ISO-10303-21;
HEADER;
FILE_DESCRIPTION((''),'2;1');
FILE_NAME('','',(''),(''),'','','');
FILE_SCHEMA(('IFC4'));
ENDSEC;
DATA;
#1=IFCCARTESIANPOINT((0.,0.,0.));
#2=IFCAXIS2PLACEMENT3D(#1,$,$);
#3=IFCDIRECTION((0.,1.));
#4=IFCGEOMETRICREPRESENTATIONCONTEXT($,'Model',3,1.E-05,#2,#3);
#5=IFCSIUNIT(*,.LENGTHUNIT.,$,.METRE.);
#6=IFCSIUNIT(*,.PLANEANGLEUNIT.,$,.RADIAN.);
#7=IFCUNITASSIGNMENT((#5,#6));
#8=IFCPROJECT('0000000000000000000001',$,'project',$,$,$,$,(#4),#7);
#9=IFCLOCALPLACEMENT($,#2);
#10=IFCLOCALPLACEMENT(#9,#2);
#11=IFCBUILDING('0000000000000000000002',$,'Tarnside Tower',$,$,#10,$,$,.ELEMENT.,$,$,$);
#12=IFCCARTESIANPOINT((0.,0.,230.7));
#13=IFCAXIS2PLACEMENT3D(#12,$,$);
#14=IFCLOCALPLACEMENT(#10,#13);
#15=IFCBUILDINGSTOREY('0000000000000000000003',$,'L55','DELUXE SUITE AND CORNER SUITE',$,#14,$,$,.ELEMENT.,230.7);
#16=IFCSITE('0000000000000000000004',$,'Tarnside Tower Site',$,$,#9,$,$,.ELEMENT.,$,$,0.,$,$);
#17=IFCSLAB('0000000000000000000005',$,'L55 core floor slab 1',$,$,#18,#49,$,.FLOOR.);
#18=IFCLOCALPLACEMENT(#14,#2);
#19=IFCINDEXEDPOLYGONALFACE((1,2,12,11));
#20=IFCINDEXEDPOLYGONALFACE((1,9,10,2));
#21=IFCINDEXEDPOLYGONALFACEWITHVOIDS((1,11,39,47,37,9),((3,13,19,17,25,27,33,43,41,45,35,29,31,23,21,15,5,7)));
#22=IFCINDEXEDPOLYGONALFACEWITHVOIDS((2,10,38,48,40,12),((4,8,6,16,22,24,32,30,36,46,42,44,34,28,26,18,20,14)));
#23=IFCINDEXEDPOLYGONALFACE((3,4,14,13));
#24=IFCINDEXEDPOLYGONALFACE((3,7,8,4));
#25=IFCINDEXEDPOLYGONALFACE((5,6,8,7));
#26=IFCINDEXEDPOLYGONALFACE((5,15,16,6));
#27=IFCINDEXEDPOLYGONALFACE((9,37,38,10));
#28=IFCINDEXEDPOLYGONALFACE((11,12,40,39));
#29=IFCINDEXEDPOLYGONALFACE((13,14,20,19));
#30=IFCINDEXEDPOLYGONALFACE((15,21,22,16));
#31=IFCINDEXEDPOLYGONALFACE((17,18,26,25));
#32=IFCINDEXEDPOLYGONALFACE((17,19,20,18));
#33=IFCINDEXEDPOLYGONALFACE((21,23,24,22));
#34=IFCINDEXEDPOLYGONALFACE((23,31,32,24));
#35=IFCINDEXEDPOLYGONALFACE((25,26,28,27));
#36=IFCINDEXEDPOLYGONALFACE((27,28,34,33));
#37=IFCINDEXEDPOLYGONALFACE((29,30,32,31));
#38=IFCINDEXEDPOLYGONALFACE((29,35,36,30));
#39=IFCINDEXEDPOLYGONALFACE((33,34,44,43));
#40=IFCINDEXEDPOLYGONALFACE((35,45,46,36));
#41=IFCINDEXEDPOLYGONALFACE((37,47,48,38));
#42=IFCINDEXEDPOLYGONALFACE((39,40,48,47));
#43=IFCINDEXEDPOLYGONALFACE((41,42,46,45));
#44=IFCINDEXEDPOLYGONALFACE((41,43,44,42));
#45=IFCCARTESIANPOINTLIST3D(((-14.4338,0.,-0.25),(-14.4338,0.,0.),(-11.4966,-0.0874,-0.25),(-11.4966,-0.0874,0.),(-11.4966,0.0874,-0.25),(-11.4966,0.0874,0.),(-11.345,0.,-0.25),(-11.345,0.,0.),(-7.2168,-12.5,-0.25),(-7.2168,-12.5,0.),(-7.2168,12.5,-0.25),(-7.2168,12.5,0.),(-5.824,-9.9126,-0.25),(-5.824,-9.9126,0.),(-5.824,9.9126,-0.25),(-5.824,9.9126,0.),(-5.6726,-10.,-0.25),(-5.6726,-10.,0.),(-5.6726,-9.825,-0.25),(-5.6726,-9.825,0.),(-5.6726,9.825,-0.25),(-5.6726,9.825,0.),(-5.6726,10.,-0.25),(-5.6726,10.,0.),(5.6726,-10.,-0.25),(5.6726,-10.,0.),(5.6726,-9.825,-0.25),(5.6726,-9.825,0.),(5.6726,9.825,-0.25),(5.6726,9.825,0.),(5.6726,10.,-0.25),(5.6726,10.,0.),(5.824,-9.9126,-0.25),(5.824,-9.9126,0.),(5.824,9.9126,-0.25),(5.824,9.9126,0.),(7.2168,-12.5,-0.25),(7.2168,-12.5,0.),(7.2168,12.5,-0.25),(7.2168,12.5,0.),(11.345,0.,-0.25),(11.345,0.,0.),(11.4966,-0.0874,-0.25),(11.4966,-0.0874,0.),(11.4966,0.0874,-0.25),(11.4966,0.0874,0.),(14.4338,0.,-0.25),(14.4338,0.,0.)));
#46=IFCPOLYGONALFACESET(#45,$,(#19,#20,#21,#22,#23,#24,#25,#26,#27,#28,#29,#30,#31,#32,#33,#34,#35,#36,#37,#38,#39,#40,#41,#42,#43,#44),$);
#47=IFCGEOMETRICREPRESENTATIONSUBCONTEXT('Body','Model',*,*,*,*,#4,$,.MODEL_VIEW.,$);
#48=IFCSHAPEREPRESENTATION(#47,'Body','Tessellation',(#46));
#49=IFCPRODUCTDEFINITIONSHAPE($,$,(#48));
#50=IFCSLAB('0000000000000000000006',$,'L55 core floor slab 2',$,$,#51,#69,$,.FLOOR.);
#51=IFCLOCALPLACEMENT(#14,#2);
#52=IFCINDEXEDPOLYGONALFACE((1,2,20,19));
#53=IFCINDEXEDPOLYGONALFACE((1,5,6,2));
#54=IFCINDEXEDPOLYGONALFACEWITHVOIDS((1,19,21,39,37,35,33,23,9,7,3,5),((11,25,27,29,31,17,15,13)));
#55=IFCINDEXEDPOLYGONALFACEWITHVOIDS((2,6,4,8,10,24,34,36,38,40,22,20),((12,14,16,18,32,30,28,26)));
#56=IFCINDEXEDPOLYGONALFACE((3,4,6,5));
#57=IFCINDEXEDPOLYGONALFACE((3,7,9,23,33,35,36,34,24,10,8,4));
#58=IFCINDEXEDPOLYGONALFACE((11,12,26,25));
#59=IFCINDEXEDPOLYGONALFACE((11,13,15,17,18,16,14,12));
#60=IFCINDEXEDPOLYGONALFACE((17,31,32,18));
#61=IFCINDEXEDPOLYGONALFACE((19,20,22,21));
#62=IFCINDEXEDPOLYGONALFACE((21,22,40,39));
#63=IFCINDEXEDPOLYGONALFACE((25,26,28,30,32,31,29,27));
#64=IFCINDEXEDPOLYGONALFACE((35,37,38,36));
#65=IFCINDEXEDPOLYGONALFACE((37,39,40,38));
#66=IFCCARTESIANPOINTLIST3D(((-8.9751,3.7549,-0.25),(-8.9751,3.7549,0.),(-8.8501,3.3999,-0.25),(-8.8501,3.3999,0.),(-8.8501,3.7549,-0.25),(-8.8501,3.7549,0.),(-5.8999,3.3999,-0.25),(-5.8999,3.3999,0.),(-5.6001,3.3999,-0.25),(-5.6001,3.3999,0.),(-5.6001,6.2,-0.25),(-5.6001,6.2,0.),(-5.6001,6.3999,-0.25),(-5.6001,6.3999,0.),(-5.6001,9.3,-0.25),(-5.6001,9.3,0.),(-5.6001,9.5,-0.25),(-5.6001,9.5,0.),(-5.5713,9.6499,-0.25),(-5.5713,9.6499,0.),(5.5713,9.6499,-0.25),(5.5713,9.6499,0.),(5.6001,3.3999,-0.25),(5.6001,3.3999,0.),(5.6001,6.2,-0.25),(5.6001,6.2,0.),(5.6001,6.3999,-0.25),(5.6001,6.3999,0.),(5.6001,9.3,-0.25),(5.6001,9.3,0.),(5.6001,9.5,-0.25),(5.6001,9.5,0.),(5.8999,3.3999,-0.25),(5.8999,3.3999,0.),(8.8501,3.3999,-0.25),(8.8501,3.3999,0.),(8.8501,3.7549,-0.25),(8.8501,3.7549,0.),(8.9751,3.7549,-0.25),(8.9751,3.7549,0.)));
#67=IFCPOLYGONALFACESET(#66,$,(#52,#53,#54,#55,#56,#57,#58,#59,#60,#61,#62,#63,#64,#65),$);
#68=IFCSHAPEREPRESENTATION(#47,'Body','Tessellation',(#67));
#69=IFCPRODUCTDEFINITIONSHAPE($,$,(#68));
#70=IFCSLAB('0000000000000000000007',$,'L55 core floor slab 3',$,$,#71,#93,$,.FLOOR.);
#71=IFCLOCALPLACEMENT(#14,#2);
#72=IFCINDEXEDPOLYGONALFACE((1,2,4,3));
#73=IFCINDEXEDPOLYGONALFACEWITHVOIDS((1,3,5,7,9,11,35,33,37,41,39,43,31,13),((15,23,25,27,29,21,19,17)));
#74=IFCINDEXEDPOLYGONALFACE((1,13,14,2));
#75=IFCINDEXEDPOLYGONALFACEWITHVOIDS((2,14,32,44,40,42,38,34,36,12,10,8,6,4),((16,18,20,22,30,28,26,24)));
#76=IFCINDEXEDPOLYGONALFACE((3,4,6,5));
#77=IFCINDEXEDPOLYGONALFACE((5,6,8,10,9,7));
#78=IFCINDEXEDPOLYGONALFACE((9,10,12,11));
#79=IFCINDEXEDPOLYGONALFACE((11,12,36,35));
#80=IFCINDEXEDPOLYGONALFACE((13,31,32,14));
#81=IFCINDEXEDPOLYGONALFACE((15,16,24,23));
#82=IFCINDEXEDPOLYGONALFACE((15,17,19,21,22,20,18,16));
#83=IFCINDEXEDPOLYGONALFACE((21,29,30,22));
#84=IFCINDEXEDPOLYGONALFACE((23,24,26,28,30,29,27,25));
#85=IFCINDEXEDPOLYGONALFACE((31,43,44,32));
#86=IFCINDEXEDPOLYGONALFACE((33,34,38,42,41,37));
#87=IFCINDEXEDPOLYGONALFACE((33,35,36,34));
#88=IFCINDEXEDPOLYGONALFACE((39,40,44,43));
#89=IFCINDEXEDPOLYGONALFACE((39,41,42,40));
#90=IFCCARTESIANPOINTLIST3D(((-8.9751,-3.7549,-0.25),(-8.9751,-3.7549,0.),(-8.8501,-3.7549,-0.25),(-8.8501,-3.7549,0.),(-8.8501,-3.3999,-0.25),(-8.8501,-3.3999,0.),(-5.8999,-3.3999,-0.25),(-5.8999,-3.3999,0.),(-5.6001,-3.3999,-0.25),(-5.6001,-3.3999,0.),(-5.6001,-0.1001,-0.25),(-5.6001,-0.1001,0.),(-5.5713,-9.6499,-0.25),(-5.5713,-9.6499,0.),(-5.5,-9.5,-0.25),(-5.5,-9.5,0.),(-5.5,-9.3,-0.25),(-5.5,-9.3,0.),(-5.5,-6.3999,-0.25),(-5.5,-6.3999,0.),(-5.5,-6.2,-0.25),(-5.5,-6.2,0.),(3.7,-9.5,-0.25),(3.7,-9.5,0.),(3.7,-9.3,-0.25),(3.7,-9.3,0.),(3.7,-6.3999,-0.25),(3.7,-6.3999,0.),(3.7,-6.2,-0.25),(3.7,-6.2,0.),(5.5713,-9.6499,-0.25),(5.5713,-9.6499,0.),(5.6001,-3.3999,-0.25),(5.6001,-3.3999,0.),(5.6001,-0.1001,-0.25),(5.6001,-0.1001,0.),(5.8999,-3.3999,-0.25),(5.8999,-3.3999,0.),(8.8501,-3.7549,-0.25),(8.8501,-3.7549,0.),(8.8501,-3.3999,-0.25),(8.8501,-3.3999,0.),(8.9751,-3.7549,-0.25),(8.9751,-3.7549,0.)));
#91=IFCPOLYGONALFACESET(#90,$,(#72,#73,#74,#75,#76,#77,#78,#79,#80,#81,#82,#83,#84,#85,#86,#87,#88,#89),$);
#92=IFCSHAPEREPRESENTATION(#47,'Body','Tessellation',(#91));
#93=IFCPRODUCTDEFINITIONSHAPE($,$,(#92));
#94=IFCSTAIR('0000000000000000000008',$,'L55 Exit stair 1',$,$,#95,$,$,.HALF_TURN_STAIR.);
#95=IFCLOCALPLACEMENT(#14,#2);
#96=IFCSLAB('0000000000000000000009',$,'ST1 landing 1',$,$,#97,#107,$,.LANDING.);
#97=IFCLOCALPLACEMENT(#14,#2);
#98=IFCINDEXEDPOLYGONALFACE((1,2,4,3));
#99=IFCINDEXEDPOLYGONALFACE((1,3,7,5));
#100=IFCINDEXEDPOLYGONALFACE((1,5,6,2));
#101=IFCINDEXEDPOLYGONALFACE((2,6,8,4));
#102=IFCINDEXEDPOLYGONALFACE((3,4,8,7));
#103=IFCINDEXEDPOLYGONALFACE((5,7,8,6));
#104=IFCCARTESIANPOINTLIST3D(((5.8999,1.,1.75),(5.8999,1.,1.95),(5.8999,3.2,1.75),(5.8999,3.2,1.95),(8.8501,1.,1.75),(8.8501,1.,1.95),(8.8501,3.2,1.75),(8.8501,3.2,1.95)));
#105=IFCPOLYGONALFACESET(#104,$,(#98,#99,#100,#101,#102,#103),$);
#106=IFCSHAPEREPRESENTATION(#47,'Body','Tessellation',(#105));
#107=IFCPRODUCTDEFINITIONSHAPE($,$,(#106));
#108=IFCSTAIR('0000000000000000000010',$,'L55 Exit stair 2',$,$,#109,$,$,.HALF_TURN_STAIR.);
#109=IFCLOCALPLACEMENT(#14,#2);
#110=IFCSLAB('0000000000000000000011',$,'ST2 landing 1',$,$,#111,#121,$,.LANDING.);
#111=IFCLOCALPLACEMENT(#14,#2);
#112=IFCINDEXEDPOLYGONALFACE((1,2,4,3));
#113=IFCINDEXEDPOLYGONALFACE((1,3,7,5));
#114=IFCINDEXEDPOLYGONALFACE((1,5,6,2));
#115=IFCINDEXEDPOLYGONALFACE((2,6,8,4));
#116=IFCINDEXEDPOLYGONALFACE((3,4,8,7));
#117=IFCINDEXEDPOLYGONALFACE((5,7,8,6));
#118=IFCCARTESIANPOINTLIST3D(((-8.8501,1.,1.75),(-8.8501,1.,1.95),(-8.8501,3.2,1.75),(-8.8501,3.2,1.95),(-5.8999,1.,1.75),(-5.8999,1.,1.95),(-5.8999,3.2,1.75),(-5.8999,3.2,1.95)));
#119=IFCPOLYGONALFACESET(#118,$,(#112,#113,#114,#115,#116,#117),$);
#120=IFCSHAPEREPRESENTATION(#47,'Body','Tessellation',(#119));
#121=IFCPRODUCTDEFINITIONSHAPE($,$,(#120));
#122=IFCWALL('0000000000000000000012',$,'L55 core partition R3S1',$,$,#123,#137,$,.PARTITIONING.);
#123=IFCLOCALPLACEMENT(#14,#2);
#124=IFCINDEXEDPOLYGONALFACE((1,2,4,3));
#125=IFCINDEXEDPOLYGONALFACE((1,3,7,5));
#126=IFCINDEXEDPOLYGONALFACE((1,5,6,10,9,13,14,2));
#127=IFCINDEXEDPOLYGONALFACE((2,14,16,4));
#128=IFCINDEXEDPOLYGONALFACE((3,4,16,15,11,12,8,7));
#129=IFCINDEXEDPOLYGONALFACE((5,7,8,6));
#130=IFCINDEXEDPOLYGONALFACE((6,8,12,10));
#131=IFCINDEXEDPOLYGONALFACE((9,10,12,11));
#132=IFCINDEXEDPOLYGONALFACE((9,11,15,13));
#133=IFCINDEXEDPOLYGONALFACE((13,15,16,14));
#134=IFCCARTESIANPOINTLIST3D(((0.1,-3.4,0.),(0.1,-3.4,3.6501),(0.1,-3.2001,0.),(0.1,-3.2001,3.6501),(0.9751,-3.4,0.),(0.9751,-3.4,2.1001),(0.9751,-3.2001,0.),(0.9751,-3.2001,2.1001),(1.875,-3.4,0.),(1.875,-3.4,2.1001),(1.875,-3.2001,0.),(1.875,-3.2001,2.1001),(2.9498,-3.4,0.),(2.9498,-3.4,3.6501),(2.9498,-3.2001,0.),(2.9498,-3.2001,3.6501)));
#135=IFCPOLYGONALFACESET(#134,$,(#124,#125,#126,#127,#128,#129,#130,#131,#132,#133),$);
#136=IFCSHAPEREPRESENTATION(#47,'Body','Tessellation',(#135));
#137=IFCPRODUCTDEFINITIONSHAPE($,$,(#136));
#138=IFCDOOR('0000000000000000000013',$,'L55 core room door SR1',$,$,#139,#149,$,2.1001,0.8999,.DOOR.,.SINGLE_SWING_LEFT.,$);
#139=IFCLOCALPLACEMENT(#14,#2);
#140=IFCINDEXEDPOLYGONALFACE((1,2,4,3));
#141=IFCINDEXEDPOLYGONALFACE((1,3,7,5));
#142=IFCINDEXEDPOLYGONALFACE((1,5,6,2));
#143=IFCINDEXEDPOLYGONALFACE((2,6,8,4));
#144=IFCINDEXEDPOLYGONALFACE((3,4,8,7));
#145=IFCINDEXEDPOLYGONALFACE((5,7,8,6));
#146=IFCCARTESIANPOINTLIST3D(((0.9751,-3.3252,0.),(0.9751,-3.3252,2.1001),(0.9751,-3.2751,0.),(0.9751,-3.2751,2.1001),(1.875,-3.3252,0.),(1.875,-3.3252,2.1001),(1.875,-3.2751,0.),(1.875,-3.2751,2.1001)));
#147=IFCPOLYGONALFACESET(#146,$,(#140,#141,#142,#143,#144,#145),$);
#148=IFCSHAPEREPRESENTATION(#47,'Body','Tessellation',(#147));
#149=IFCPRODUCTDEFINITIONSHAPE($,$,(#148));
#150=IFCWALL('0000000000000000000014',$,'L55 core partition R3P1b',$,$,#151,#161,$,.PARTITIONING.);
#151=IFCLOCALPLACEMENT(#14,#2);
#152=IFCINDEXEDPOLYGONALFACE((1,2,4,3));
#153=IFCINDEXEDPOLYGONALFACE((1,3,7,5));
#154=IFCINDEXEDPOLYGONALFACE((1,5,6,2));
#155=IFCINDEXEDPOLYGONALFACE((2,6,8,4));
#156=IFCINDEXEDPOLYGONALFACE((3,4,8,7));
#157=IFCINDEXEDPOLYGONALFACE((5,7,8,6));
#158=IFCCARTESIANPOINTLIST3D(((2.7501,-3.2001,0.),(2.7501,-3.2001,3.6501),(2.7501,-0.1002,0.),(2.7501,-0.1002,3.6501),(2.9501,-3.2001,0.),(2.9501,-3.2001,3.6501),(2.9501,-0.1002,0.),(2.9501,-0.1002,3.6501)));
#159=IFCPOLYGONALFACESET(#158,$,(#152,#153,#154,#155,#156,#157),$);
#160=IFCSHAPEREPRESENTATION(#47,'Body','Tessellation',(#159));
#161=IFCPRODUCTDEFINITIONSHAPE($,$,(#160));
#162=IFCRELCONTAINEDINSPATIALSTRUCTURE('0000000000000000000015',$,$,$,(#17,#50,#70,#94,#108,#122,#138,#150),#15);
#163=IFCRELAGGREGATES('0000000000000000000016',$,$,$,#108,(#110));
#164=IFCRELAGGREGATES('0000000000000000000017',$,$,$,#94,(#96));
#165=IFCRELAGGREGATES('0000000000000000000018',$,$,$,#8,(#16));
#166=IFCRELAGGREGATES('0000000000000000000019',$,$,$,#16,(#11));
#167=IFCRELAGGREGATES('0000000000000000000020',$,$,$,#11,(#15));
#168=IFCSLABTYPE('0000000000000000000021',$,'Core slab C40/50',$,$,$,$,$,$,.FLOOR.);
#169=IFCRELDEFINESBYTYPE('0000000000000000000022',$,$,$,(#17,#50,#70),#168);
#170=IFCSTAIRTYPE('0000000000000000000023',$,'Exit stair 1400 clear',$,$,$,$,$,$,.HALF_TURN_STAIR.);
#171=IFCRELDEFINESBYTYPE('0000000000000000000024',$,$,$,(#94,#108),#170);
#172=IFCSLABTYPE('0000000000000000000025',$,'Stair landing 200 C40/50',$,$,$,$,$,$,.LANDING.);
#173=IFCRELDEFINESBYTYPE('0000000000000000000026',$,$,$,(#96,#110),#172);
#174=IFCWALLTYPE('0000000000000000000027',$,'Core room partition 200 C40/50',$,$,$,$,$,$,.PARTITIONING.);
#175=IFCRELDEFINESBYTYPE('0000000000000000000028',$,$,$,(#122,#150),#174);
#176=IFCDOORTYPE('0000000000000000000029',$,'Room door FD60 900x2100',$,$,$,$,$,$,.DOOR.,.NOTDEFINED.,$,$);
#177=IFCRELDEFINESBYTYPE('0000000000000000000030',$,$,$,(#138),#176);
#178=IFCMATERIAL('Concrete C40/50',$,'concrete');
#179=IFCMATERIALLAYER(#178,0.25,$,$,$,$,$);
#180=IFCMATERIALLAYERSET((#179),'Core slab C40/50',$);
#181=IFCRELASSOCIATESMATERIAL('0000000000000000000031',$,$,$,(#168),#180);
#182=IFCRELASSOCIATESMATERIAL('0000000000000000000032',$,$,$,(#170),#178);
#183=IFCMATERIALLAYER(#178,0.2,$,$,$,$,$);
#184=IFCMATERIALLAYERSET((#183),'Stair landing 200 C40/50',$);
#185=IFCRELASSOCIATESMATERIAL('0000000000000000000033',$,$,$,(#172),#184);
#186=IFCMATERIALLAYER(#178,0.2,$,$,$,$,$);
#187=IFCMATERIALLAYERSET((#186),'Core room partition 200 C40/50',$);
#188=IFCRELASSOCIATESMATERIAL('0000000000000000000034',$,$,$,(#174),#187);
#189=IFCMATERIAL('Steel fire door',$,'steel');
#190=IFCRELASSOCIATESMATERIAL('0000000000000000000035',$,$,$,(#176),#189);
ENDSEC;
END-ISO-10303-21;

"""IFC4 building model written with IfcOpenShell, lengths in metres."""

from ifc_helpers import new_model, si_unit, direction, frame, frame_2d, origin, place, context, subcontext, project, spatial, polyline, rectangle, outline, extrude, material, layer, layer_set, type_object, element, fill, aggregate, save


model = new_model("IFC4")

# Units and contexts
model_context = context("Model", 3, precision=1e-05, world=origin(), true_north=direction((0.0, 1.0)))
body_context = subcontext(model_context, "Body", "Model", "MODEL_VIEW")
ifc_project = project(units=[si_unit("LENGTHUNIT", "METRE"), si_unit("PLANEANGLEUNIT", "RADIAN")], contexts=[model_context])

# Site, building, storey
site_placement = place(None, origin())
site = spatial("IfcSite", under=ifc_project, at=site_placement, Name="Tarnside Tower Site", CompositionType="ELEMENT", RefElevation=0.0)
building_placement = place(site_placement, origin())
building = spatial("IfcBuilding", under=site, at=building_placement, Name="Tarnside Tower", CompositionType="ELEMENT")
storey_placement = place(building_placement, frame((0.0, 0.0, 230.7)))
storey = spatial("IfcBuildingStorey", under=building, at=storey_placement, Name="L55", Description="DELUXE SUITE AND CORNER SUITE", CompositionType="ELEMENT", Elevation=230.7)

# Slabs
ifc_material_1 = material(Name="Concrete C40/50", Category="concrete")
ifc_layer_1 = layer(ifc_material_1, 0.25)
ifc_layer_set_1 = layer_set([ifc_layer_1], Name="Core slab C40/50")
slab_type_1 = type_object("IfcSlabType", Name="Core slab C40/50", PredefinedType="FLOOR", material=ifc_layer_set_1)
slab_1_placement = place(storey_placement, frame((0.0, 0.0, -0.25)))
element("IfcSlab", 1, at=slab_1_placement, inside=storey, type_object=slab_type_1, Name="L55 core floor slab 1", PredefinedType="FLOOR", context=body_context, shape_type="SweptSolid", body=[
    extrude(outline(polyline([(-7.2168, 12.5), (7.2168, 12.5), (14.4338, 0.0), (7.2168, -12.5), (-7.2168, -12.5), (-14.4338, 0.0), (-7.2168, 12.5)]), holes=[polyline([(5.824, -9.9126), (11.4966, -0.0874), (11.345, 0.0), (11.4966, 0.0874), (5.824, 9.9126), (5.6726, 9.825), (5.6726, 10.0), (-5.6726, 10.0), (-5.6726, 9.825), (-5.824, 9.9126), (-11.4966, 0.0874), (-11.345, 0.0), (-11.4966, -0.0874), (-5.824, -9.9126), (-5.6726, -9.825), (-5.6726, -10.0), (5.6726, -10.0), (5.6726, -9.825), (5.824, -9.9126)])]), origin(), (0.0, 0.0, 1.0), 0.25),
])
slab_2_placement = place(storey_placement, frame((0.0, 0.0, -0.25)))
element("IfcSlab", 2, at=slab_2_placement, inside=storey, type_object=slab_type_1, Name="L55 core floor slab 2", PredefinedType="FLOOR", context=body_context, shape_type="SweptSolid", body=[
    extrude(outline(polyline([(-8.9751, 3.7549), (-5.5713, 9.6499), (5.5713, 9.6499), (8.9751, 3.7549), (8.8501, 3.7549), (8.8501, 3.3999), (5.8999, 3.3999), (5.6001, 3.3999), (5.6001, 3.3999), (-5.6001, 3.3999), (-5.8999, 3.3999), (-8.8501, 3.3999), (-8.8501, 3.7549), (-8.9751, 3.7549)]), holes=[polyline([(-5.6001, 6.2), (5.6001, 6.2), (5.6001, 6.3999), (5.6001, 9.3), (5.6001, 9.5), (-5.6001, 9.5), (-5.6001, 9.3), (-5.6001, 6.3999), (-5.6001, 6.2)])]), origin(), (0.0, 0.0, 1.0), 0.25),
])
slab_3_placement = place(storey_placement, frame((0.0, 0.0, -0.25)))
element("IfcSlab", 3, at=slab_3_placement, inside=storey, type_object=slab_type_1, Name="L55 core floor slab 3", PredefinedType="FLOOR", context=body_context, shape_type="SweptSolid", body=[
    extrude(outline(polyline([(5.6001, -3.3999), (5.8999, -3.3999), (8.8501, -3.3999), (8.8501, -3.7549), (8.9751, -3.7549), (5.5713, -9.6499), (-5.5713, -9.6499), (-8.9751, -3.7549), (-8.8501, -3.7549), (-8.8501, -3.3999), (-5.8999, -3.3999), (-5.6001, -3.3999), (-5.6001, -0.1001), (5.6001, -0.1001), (5.6001, -3.3999)]), holes=[polyline([(-5.5, -9.3), (-5.5, -9.5), (3.7, -9.5), (3.7, -9.3), (3.7, -6.3999), (3.7, -6.2), (-5.5, -6.2), (-5.5, -6.3999), (-5.5, -9.3)])]), origin(), (0.0, 0.0, 1.0), 0.25),
])

# Stairs, slabs
stair_type = type_object("IfcStairType", Name="Exit stair 1400 clear", PredefinedType="HALF_TURN_STAIR", material=ifc_material_1)
stair_1_placement = place(storey_placement, origin())
stair_1 = element("IfcStair", 4, at=stair_1_placement, inside=storey, type_object=stair_type, Name="L55 Exit stair 1", PredefinedType="HALF_TURN_STAIR")
ifc_layer_2 = layer(ifc_material_1, 0.2)
ifc_layer_set_2 = layer_set([ifc_layer_2], Name="Stair landing 200 C40/50")
slab_type_2 = type_object("IfcSlabType", Name="Stair landing 200 C40/50", PredefinedType="LANDING", material=ifc_layer_set_2)
slab_4_placement = place(storey_placement, frame((0.0, 0.0, 1.75)))
slab_4 = element("IfcSlab", 5, at=slab_4_placement, type_object=slab_type_2, Name="ST1 landing 1", PredefinedType="LANDING", context=body_context, shape_type="SweptSolid", body=[
    extrude(outline(polyline([(8.8501, 1.0), (8.8501, 3.2), (5.8999, 3.2), (5.8999, 1.0), (8.8501, 1.0)])), origin(), (0.0, 0.0, 1.0), 0.2),
])
stair_2_placement = place(storey_placement, origin())
stair_2 = element("IfcStair", 6, at=stair_2_placement, inside=storey, type_object=stair_type, Name="L55 Exit stair 2", PredefinedType="HALF_TURN_STAIR")
slab_5_placement = place(storey_placement, frame((0.0, 0.0, 1.75)))
slab_5 = element("IfcSlab", 7, at=slab_5_placement, type_object=slab_type_2, Name="ST2 landing 1", PredefinedType="LANDING", context=body_context, shape_type="SweptSolid", body=[
    extrude(outline(polyline([(-5.8999, 1.0), (-5.8999, 3.2), (-8.8501, 3.2), (-8.8501, 1.0), (-5.8999, 1.0)])), origin(), (0.0, 0.0, 1.0), 0.2),
])
aggregate(stair_2, [slab_5])

# Wall, opening, door
ifc_layer_3 = layer(ifc_material_1, 0.2)
ifc_layer_set_3 = layer_set([ifc_layer_3], Name="Core room partition 200 C40/50")
wall_type_1 = type_object("IfcWallType", Name="Core room partition 200 C40/50", PredefinedType="PARTITIONING", material=ifc_layer_set_3)
wall_1_placement = place(storey_placement, frame((0.1001, -3.3, 0.0), z_axis=(0.0, 0.0, 1.0), x_axis=(1.0, 0.0, 0.0)))
wall_1 = element("IfcWall", 8, at=wall_1_placement, inside=storey, type_object=wall_type_1, Name="L55 core partition R3S1", PredefinedType="PARTITIONING", context=body_context, shape_type="SweptSolid", body=[
    extrude(rectangle(XDim=2.8499, YDim=0.2, at=frame_2d((1.4248, 0.0))), origin(), (0.0, 0.0, 1.0), 3.6501),
])
opening_1_placement = place(wall_1_placement, frame((0.875, 0.0, 0.0)))
opening_1 = element("IfcOpeningElement", 9, at=opening_1_placement, cuts=wall_1, PredefinedType="OPENING", context=body_context, shape_type="SweptSolid", body=[
    extrude(rectangle(XDim=0.8999, YDim=2.1001, at=frame_2d((0.45, 1.05))), frame((0.0, 0.1099, 0.0), z_axis=(0.0, -1.0, 0.0), x_axis=(1.0, 0.0, 0.0)), (0.0, 0.0, 1.0), 0.22),
])
ifc_material_2 = material(Name="Steel fire door", Category="steel")
door_type_1 = type_object("IfcDoorType", Name="Room door FD60 900x2100", OperationType="NOTDEFINED", PredefinedType="DOOR", material=ifc_material_2)
door_1_placement = place(opening_1_placement, origin())
door_1 = element("IfcDoor", 10, at=door_1_placement, inside=storey, type_object=door_type_1, Name="L55 core room door SR1", OperationType="SINGLE_SWING_LEFT", OverallHeight=2.1001, OverallWidth=0.8999, PredefinedType="DOOR", context=body_context, shape_type="SweptSolid", body=[
    extrude(rectangle(XDim=0.8999, YDim=2.1001, at=frame_2d((0.45, 1.05))), frame((0.0, 0.0249, 0.0), z_axis=(0.0, -1.0, 0.0), x_axis=(1.0, 0.0, 0.0)), (0.0, 0.0, 1.0), 0.05),
])
fill(opening_1, door_1)

# Wall
wall_2_placement = place(storey_placement, frame((2.8501, -3.2, 0.0), z_axis=(0.0, 0.0, 1.0), x_axis=(0.0, 1.0, 0.0)))
element("IfcWall", 11, at=wall_2_placement, inside=storey, type_object=wall_type_1, Name="L55 core partition R3P1b", PredefinedType="PARTITIONING", context=body_context, shape_type="SweptSolid", body=[
    extrude(rectangle(XDim=3.0999, YDim=0.2, at=frame_2d((1.5498, 0.0))), origin(), (0.0, 0.0, 1.0), 3.6501),
])

aggregate(stair_1, [slab_4])

save(model, "model.ifc")
